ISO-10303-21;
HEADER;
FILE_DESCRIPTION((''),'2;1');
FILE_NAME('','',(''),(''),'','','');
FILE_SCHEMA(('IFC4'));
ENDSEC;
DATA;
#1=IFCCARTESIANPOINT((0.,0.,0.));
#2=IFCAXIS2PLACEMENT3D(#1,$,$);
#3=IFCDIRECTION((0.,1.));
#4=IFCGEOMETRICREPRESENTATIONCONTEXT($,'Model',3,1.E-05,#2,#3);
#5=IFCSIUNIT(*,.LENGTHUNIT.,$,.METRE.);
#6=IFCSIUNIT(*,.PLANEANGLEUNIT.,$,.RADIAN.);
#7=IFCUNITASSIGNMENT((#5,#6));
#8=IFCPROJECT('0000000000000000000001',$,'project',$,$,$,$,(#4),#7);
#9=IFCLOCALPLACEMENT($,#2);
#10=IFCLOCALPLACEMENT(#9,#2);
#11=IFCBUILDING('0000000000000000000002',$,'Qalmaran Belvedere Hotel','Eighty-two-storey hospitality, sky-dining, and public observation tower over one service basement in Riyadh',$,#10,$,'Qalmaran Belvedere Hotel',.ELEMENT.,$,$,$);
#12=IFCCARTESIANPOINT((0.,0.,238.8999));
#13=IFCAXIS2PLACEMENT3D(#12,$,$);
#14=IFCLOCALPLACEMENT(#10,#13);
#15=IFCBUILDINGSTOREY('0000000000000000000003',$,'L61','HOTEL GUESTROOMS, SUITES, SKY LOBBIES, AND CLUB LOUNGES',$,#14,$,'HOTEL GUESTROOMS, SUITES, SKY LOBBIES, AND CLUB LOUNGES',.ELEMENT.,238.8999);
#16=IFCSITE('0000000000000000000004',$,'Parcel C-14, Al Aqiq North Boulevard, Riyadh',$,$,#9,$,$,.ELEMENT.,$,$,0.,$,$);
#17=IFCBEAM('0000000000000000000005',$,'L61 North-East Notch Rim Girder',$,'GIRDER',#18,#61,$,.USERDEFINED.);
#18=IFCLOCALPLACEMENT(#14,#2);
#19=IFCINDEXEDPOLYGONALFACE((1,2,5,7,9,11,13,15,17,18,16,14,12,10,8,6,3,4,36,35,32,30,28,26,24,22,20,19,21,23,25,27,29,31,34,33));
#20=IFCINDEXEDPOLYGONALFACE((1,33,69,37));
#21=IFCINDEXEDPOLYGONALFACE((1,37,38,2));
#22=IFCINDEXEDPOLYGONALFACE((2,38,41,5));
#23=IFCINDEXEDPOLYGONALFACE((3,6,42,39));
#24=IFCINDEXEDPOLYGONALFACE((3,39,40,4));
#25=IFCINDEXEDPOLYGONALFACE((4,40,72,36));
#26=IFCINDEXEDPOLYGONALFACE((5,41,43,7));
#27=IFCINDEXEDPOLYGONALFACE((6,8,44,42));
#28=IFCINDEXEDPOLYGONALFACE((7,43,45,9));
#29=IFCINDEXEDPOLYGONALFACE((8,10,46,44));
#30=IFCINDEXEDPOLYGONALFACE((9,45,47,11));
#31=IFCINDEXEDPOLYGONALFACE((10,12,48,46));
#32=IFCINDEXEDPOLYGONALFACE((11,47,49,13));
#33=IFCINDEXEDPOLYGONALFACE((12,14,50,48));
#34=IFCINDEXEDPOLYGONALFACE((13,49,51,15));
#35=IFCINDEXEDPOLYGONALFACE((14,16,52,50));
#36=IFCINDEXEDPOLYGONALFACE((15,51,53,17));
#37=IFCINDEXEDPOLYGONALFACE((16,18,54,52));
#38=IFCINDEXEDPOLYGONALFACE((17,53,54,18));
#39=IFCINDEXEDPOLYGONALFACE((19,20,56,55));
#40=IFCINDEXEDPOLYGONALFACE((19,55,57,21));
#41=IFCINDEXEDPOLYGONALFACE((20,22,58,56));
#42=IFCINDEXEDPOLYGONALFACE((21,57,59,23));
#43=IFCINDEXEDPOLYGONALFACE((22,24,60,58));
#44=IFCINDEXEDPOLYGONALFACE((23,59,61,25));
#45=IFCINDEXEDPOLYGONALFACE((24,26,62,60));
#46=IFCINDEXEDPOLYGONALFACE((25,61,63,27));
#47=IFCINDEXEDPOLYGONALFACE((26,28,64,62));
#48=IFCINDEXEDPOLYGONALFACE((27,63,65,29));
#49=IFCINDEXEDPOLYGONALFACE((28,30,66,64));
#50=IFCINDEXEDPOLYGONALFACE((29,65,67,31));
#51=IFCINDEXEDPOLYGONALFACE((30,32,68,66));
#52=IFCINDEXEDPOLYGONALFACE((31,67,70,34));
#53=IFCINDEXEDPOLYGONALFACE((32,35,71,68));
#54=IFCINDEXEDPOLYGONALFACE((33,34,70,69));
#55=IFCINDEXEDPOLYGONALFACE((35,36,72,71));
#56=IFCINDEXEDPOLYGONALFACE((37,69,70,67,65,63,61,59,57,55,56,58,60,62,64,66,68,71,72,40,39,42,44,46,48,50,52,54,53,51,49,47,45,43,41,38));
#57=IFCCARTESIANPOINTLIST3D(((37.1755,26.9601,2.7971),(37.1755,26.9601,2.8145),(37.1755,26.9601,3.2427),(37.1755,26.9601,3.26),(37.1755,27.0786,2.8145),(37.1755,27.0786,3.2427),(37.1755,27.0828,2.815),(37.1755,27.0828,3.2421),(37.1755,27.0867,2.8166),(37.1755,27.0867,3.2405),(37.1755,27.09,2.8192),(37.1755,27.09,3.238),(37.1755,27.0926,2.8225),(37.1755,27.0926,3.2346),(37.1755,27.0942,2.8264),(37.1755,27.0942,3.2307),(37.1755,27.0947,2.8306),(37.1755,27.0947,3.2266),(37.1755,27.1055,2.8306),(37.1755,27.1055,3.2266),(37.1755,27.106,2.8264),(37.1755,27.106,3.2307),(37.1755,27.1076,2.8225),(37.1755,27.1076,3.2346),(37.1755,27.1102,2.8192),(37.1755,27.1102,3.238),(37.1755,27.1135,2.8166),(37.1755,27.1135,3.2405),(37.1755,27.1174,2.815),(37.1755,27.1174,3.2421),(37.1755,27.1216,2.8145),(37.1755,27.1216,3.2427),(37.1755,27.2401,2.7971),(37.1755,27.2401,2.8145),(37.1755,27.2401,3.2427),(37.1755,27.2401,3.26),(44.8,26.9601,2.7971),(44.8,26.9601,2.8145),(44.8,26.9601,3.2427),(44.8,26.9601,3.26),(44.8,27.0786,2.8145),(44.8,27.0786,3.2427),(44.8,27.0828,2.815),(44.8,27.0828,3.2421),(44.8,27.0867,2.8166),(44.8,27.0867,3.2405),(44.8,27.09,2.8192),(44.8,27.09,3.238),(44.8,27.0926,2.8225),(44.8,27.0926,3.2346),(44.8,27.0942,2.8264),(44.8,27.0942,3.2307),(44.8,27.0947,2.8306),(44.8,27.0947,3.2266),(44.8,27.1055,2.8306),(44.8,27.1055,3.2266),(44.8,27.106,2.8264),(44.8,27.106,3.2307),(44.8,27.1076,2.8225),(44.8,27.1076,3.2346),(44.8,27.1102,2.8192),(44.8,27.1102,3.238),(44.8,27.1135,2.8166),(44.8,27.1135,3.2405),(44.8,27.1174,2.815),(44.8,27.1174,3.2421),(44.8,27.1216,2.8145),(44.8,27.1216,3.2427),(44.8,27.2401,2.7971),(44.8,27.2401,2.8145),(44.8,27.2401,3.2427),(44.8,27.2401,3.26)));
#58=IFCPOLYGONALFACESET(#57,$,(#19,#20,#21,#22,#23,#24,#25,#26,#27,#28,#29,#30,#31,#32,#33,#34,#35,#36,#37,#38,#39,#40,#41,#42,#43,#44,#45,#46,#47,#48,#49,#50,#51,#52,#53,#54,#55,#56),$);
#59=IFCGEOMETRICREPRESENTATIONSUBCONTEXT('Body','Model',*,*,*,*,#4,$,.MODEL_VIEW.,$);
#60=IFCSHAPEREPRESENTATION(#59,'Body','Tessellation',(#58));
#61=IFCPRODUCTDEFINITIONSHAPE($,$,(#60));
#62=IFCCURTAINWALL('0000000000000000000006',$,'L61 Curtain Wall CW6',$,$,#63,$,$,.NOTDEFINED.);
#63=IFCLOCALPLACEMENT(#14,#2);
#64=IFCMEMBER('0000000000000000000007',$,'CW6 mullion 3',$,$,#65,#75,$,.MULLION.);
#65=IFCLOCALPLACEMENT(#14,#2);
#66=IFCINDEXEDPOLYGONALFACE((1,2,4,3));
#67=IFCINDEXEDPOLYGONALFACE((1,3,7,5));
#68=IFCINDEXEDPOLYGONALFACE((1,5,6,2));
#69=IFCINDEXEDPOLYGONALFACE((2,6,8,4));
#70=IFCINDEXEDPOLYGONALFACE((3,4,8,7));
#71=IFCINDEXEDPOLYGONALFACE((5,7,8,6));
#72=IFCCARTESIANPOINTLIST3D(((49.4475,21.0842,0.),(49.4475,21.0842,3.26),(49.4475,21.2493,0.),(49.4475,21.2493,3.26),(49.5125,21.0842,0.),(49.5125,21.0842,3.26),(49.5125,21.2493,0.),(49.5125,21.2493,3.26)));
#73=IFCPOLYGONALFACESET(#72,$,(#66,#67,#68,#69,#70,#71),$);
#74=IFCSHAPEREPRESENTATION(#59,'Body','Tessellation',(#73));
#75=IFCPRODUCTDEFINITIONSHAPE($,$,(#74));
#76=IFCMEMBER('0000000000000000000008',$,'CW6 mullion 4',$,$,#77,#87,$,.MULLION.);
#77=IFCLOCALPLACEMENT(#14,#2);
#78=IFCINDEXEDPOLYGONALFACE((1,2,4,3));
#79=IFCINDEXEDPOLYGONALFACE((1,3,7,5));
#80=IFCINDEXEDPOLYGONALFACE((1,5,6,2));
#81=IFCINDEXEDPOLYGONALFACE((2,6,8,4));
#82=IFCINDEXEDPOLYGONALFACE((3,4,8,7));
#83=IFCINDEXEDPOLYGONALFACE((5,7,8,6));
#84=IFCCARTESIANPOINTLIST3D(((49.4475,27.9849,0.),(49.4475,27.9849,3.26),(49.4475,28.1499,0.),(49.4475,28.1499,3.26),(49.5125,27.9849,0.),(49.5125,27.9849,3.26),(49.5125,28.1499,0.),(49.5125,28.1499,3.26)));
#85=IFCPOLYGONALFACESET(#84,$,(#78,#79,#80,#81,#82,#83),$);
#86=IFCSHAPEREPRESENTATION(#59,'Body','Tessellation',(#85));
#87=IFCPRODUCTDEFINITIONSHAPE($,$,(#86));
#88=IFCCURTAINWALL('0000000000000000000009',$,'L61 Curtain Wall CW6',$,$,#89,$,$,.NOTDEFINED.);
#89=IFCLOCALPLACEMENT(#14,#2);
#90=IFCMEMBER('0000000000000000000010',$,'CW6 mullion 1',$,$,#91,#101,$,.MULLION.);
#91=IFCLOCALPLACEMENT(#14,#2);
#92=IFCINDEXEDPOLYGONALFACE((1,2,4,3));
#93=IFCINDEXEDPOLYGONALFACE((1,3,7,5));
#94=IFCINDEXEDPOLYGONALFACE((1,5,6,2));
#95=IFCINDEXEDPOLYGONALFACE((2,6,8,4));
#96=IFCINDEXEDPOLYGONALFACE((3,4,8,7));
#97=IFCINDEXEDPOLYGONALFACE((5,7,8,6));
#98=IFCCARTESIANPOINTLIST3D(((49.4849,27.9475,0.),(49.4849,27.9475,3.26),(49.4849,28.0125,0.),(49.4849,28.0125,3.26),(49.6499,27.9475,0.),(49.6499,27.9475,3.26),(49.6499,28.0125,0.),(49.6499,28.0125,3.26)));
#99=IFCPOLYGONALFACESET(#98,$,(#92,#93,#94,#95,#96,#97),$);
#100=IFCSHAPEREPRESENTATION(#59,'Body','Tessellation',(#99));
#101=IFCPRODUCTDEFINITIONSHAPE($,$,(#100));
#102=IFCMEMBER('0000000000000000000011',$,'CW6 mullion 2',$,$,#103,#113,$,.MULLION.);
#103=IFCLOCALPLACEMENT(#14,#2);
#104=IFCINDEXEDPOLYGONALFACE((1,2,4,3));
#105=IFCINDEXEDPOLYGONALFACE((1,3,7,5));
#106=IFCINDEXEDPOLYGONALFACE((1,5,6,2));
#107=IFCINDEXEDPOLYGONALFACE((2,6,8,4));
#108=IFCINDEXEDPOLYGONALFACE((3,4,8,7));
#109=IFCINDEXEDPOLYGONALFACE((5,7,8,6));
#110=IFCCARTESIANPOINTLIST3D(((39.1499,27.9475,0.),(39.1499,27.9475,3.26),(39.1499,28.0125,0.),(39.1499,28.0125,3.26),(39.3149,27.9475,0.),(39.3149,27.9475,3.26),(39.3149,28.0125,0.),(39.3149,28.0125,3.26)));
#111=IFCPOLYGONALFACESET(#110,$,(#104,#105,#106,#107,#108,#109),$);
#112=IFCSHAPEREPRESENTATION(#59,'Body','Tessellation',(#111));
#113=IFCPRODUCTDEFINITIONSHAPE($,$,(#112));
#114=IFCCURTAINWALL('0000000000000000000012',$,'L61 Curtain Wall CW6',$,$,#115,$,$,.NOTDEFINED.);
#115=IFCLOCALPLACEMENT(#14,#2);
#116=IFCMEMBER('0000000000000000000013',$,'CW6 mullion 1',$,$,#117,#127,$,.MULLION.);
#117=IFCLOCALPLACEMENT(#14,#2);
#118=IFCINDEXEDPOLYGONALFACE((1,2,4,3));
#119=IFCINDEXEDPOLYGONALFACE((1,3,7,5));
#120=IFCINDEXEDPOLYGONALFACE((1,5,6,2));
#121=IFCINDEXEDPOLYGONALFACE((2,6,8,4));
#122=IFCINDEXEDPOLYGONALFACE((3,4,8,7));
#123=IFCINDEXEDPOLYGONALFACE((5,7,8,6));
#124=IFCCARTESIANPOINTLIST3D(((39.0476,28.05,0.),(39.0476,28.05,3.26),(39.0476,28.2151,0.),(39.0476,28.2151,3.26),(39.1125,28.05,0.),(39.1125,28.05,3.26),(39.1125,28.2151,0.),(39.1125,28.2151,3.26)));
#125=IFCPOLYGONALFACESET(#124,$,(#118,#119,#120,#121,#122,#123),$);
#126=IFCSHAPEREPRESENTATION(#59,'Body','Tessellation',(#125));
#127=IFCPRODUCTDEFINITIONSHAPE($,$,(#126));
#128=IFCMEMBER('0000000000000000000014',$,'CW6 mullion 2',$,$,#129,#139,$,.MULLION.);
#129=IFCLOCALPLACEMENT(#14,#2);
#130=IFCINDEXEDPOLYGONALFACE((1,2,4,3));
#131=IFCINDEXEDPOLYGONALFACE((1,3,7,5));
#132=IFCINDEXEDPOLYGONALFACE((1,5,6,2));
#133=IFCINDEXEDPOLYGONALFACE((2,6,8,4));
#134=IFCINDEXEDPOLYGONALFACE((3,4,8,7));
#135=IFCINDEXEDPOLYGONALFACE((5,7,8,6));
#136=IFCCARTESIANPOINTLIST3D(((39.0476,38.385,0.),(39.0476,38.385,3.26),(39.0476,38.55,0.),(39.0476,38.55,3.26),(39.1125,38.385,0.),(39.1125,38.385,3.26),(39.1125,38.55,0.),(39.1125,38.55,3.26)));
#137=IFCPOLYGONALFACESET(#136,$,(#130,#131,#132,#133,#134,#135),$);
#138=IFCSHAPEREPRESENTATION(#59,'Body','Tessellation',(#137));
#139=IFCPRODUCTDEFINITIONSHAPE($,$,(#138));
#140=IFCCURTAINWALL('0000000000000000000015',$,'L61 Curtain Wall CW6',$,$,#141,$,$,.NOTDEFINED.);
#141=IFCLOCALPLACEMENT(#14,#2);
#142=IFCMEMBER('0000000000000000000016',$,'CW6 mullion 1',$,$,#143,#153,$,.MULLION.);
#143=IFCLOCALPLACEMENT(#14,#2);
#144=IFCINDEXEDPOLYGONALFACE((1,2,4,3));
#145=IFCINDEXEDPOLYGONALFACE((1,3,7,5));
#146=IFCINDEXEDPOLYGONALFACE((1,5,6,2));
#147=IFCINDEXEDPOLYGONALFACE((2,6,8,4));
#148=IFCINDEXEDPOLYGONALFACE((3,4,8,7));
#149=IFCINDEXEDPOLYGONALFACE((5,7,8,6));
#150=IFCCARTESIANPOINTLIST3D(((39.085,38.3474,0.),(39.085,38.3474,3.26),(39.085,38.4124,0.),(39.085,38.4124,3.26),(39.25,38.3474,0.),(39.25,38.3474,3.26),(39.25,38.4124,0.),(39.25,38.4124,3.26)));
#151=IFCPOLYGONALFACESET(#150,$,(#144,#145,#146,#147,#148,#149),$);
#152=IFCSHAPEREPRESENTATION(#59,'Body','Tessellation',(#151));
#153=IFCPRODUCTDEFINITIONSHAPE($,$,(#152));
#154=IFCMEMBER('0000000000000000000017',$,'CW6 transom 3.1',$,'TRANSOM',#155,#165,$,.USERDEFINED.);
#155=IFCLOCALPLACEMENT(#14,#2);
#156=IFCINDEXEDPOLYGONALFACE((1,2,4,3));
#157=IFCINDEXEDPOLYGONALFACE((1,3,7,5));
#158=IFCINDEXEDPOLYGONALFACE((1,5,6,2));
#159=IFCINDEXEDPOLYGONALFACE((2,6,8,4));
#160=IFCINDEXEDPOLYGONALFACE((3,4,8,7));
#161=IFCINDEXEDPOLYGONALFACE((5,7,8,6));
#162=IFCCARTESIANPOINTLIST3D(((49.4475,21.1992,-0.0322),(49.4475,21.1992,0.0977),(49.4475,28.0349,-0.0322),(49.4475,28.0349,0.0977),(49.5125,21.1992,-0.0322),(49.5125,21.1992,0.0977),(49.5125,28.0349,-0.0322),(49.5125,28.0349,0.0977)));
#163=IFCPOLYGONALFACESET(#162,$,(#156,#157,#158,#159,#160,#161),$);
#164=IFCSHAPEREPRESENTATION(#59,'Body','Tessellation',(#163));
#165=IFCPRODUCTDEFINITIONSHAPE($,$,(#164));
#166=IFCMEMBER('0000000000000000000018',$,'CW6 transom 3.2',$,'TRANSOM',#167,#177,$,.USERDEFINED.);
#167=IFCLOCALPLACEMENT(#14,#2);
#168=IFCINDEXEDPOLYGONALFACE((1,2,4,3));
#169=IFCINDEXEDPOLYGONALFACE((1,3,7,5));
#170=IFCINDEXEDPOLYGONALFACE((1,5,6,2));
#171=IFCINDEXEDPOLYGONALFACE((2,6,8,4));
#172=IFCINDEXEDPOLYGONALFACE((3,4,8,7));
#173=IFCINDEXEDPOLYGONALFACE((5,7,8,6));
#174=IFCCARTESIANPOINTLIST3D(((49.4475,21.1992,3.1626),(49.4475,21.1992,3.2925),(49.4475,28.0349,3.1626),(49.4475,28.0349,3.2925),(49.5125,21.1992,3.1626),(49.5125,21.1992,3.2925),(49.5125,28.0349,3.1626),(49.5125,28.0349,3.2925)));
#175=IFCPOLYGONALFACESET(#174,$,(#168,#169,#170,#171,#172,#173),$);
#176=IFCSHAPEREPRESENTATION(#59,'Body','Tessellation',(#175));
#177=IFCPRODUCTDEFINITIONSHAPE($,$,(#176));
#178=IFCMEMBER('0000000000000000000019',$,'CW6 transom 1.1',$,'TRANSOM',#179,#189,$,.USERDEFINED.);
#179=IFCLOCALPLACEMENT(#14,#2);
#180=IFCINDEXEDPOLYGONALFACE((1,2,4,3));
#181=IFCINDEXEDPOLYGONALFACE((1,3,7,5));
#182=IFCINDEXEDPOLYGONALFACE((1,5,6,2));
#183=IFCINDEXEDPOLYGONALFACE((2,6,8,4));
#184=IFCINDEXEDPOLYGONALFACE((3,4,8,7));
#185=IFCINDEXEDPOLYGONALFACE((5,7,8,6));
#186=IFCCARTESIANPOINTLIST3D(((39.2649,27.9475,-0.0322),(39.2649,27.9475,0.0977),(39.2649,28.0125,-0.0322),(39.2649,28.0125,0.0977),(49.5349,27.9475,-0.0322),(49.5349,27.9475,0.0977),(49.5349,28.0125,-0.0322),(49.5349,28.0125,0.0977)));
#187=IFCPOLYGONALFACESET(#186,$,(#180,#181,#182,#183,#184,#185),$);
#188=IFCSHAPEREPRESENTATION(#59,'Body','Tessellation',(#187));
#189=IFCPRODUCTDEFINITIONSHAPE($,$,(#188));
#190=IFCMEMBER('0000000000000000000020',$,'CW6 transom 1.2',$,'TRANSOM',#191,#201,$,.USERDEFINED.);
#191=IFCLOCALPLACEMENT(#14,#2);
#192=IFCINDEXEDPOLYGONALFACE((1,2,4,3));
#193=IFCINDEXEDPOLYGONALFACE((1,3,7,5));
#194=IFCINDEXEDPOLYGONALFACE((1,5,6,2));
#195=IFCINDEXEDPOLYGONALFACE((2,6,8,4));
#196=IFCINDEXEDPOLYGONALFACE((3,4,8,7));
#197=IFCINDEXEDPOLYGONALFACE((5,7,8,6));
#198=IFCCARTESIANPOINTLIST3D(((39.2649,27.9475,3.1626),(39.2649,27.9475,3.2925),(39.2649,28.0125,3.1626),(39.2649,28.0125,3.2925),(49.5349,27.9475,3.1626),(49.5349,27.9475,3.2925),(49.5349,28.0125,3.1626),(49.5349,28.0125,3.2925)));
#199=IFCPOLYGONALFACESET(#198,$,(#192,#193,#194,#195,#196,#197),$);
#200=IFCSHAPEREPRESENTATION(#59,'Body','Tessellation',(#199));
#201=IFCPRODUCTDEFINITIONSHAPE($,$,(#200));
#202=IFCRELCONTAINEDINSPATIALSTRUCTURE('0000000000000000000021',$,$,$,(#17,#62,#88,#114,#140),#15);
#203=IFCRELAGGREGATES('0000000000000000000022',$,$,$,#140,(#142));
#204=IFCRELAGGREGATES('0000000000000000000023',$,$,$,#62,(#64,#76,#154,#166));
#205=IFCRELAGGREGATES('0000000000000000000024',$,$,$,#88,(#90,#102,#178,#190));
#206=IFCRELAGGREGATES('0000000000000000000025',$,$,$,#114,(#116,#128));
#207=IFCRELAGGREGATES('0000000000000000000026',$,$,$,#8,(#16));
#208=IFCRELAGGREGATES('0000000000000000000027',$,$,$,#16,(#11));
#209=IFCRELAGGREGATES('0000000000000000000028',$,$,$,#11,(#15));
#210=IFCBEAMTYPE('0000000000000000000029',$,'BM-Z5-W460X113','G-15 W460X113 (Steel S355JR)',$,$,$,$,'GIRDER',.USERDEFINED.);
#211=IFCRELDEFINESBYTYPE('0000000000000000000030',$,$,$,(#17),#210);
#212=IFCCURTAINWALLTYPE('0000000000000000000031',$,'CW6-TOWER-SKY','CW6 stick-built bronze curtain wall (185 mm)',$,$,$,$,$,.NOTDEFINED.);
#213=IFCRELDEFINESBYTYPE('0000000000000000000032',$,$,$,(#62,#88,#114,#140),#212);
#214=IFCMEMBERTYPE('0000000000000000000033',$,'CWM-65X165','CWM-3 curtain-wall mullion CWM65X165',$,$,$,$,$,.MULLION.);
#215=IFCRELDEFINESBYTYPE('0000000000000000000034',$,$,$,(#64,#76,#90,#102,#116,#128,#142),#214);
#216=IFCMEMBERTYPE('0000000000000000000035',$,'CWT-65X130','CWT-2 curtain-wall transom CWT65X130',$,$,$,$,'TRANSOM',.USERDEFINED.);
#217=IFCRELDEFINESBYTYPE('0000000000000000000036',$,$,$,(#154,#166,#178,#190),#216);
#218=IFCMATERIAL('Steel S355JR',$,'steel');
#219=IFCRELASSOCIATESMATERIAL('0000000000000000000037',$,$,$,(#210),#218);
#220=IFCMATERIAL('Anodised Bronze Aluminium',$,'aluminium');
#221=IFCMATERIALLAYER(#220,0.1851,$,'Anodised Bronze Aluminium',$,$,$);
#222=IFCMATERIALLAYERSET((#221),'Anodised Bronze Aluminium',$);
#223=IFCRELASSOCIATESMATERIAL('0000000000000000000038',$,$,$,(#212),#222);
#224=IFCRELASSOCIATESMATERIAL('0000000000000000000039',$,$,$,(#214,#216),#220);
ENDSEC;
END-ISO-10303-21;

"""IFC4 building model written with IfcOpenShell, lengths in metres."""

from ifc_helpers import new_model, si_unit, direction, frame, origin, origin_2d, place, context, subcontext, project, spatial, rectangle, i_section, extrude, material, layer, layer_set, material_profile, profile_set, type_object, element, aggregate, save


model = new_model("IFC4")

# Units and contexts
model_context = context("Model", 3, precision=1e-05, world=origin(), true_north=direction((0.0, 1.0)))
body_context = subcontext(model_context, "Body", "Model", "MODEL_VIEW")
ifc_project = project(units=[si_unit("LENGTHUNIT", "METRE"), si_unit("PLANEANGLEUNIT", "RADIAN")], contexts=[model_context])

# Site, building, storey
site_placement = place(None, origin())
site = spatial("IfcSite", under=ifc_project, at=site_placement, Name="Parcel C-14, Al Aqiq North Boulevard, Riyadh", CompositionType="ELEMENT", RefElevation=0.0)
building_placement = place(site_placement, origin())
building = spatial("IfcBuilding", under=site, at=building_placement, Name="Qalmaran Belvedere Hotel", Description="Eighty-two-storey hospitality, sky-dining, and public observation tower over one service basement in Riyadh", LongName="Qalmaran Belvedere Hotel", CompositionType="ELEMENT")
storey_placement = place(building_placement, frame((0.0, 0.0, 238.8999)))
storey = spatial("IfcBuildingStorey", under=building, at=storey_placement, Name="L61", Description="HOTEL GUESTROOMS, SUITES, SKY LOBBIES, AND CLUB LOUNGES", LongName="HOTEL GUESTROOMS, SUITES, SKY LOBBIES, AND CLUB LOUNGES", CompositionType="ELEMENT", Elevation=238.8999)

# Beam
ifc_material_1 = material(Name="Steel S355JR", Category="steel")
ifc_material_profile_1 = material_profile(ifc_material_1, i_section(OverallWidth=0.28, OverallDepth=0.4629, WebThickness=0.0107, FlangeThickness=0.0173, FilletRadius=0.0161, at=origin_2d()), Name="W460X113")
ifc_profile_set_1 = profile_set([ifc_material_profile_1], Name="Steel S355JR")
beam_type_1 = type_object("IfcBeamType", Name="BM-Z5-W460X113", Description="G-15 W460X113 (Steel S355JR)", ElementType="GIRDER", PredefinedType="USERDEFINED", material=ifc_profile_set_1)
beam_1_placement = place(storey_placement, frame((37.1755, 27.1001, 3.0286), z_axis=(1.0, 0.0, 0.0), x_axis=(0.0, 1.0, 0.0)))
element("IfcBeam", 1, at=beam_1_placement, inside=storey, type_object=beam_type_1, Name="L61 North-East Notch Rim Girder", ObjectType="GIRDER", PredefinedType="USERDEFINED", context=body_context, shape_type="SweptSolid", body=[
    extrude(i_section(OverallWidth=0.28, OverallDepth=0.4629, WebThickness=0.0107, FlangeThickness=0.0173, FilletRadius=0.0161, at=origin_2d()), origin(), (0.0, 0.0, 1.0), 7.6245),
])

# Curtain walls, members
ifc_material_2 = material(Name="Anodised Bronze Aluminium", Category="aluminium")
ifc_layer_1 = layer(ifc_material_2, 0.1851, Name="Anodised Bronze Aluminium")
ifc_layer_set_1 = layer_set([ifc_layer_1], Name="Anodised Bronze Aluminium")
curtain_wall_type = type_object("IfcCurtainWallType", Name="CW6-TOWER-SKY", Description="CW6 stick-built bronze curtain wall (185 mm)", PredefinedType="NOTDEFINED", material=ifc_layer_set_1)
curtain_wall_1_placement = place(storey_placement, origin())
curtain_wall_1 = element("IfcCurtainWall", 2, at=curtain_wall_1_placement, inside=storey, type_object=curtain_wall_type, Name="L61 Curtain Wall CW6", PredefinedType="NOTDEFINED")
ifc_material_profile_2 = material_profile(ifc_material_2, rectangle(XDim=0.0649, YDim=0.165, at=origin_2d()), Name="CWM65X165")
ifc_profile_set_2 = profile_set([ifc_material_profile_2], Name="Anodised Bronze Aluminium")
member_type_1 = type_object("IfcMemberType", Name="CWM-65X165", Description="CWM-3 curtain-wall mullion CWM65X165", PredefinedType="MULLION", material=ifc_profile_set_2)
member_1_placement = place(storey_placement, frame((49.48, 21.1667, 0.0), z_axis=(0.0, 0.0, 1.0), x_axis=(-1.0, 0.0, 0.0)))
member_1 = element("IfcMember", 3, at=member_1_placement, type_object=member_type_1, Name="CW6 mullion 3", PredefinedType="MULLION", context=body_context, shape_type="SweptSolid", body=[
    extrude(rectangle(XDim=0.0649, YDim=0.165, at=origin_2d()), origin(), (0.0, 0.0, 1.0), 3.26),
])
member_2_placement = place(storey_placement, frame((49.48, 28.0674, 0.0), z_axis=(0.0, 0.0, 1.0), x_axis=(-1.0, 0.0, 0.0)))
member_2 = element("IfcMember", 4, at=member_2_placement, type_object=member_type_1, Name="CW6 mullion 4", PredefinedType="MULLION", context=body_context, shape_type="SweptSolid", body=[
    extrude(rectangle(XDim=0.0649, YDim=0.165, at=origin_2d()), origin(), (0.0, 0.0, 1.0), 3.26),
])
curtain_wall_2_placement = place(storey_placement, origin())
curtain_wall_2 = element("IfcCurtainWall", 5, at=curtain_wall_2_placement, inside=storey, type_object=curtain_wall_type, Name="L61 Curtain Wall CW6", PredefinedType="NOTDEFINED")
member_3_placement = place(storey_placement, frame((49.5674, 27.98, 0.0), z_axis=(0.0, 0.0, 1.0), x_axis=(0.0, -1.0, 0.0)))
member_3 = element("IfcMember", 6, at=member_3_placement, type_object=member_type_1, Name="CW6 mullion 1", PredefinedType="MULLION", context=body_context, shape_type="SweptSolid", body=[
    extrude(rectangle(XDim=0.0649, YDim=0.165, at=origin_2d()), origin(), (0.0, 0.0, 1.0), 3.26),
])
member_4_placement = place(storey_placement, frame((39.2324, 27.98, 0.0), z_axis=(0.0, 0.0, 1.0), x_axis=(0.0, -1.0, 0.0)))
member_4 = element("IfcMember", 7, at=member_4_placement, type_object=member_type_1, Name="CW6 mullion 2", PredefinedType="MULLION", context=body_context, shape_type="SweptSolid", body=[
    extrude(rectangle(XDim=0.0649, YDim=0.165, at=origin_2d()), origin(), (0.0, 0.0, 1.0), 3.26),
])
curtain_wall_3_placement = place(storey_placement, origin())
curtain_wall_3 = element("IfcCurtainWall", 8, at=curtain_wall_3_placement, inside=storey, type_object=curtain_wall_type, Name="L61 Curtain Wall CW6", PredefinedType="NOTDEFINED")
member_5_placement = place(storey_placement, frame((39.0801, 28.1326, 0.0), z_axis=(0.0, 0.0, 1.0), x_axis=(-1.0, 0.0, 0.0)))
member_5 = element("IfcMember", 9, at=member_5_placement, type_object=member_type_1, Name="CW6 mullion 1", PredefinedType="MULLION", context=body_context, shape_type="SweptSolid", body=[
    extrude(rectangle(XDim=0.0649, YDim=0.165, at=origin_2d()), origin(), (0.0, 0.0, 1.0), 3.26),
])
member_6_placement = place(storey_placement, frame((39.0801, 38.4675, 0.0), z_axis=(0.0, 0.0, 1.0), x_axis=(-1.0, 0.0, 0.0)))
member_6 = element("IfcMember", 10, at=member_6_placement, type_object=member_type_1, Name="CW6 mullion 2", PredefinedType="MULLION", context=body_context, shape_type="SweptSolid", body=[
    extrude(rectangle(XDim=0.0649, YDim=0.165, at=origin_2d()), origin(), (0.0, 0.0, 1.0), 3.26),
])

# Curtain wall, member
curtain_wall_4_placement = place(storey_placement, origin())
curtain_wall_4 = element("IfcCurtainWall", 11, at=curtain_wall_4_placement, inside=storey, type_object=curtain_wall_type, Name="L61 Curtain Wall CW6", PredefinedType="NOTDEFINED")
member_7_placement = place(storey_placement, frame((39.1675, 38.3799, 0.0), z_axis=(0.0, 0.0, 1.0), x_axis=(0.0, -1.0, 0.0)))
member_7 = element("IfcMember", 12, at=member_7_placement, type_object=member_type_1, Name="CW6 mullion 1", PredefinedType="MULLION", context=body_context, shape_type="SweptSolid", body=[
    extrude(rectangle(XDim=0.0649, YDim=0.165, at=origin_2d()), origin(), (0.0, 0.0, 1.0), 3.26),
])

# Members
ifc_material_profile_3 = material_profile(ifc_material_2, rectangle(XDim=0.0649, YDim=0.1299, at=origin_2d()), Name="CWT65X130")
ifc_profile_set_3 = profile_set([ifc_material_profile_3], Name="Anodised Bronze Aluminium")
member_type_2 = type_object("IfcMemberType", Name="CWT-65X130", Description="CWT-2 curtain-wall transom CWT65X130", ElementType="TRANSOM", PredefinedType="USERDEFINED", material=ifc_profile_set_3)
member_8_placement = place(storey_placement, frame((49.48, 21.1992, 0.0327), z_axis=(0.0, 1.0, 0.0), x_axis=(-1.0, 0.0, 0.0)))
member_8 = element("IfcMember", 13, at=member_8_placement, type_object=member_type_2, Name="CW6 transom 3.1", ObjectType="TRANSOM", PredefinedType="USERDEFINED", context=body_context, shape_type="SweptSolid", body=[
    extrude(rectangle(XDim=0.0649, YDim=0.1299, at=origin_2d()), origin(), (0.0, 0.0, 1.0), 6.8357),
])
member_9_placement = place(storey_placement, frame((49.48, 21.1992, 3.2275), z_axis=(0.0, 1.0, 0.0), x_axis=(-1.0, 0.0, 0.0)))
member_9 = element("IfcMember", 14, at=member_9_placement, type_object=member_type_2, Name="CW6 transom 3.2", ObjectType="TRANSOM", PredefinedType="USERDEFINED", context=body_context, shape_type="SweptSolid", body=[
    extrude(rectangle(XDim=0.0649, YDim=0.1299, at=origin_2d()), origin(), (0.0, 0.0, 1.0), 6.8357),
])
member_10_placement = place(storey_placement, frame((49.5349, 27.98, 0.0327), z_axis=(-1.0, 0.0, 0.0), x_axis=(0.0, -1.0, 0.0)))
member_10 = element("IfcMember", 15, at=member_10_placement, type_object=member_type_2, Name="CW6 transom 1.1", ObjectType="TRANSOM", PredefinedType="USERDEFINED", context=body_context, shape_type="SweptSolid", body=[
    extrude(rectangle(XDim=0.0649, YDim=0.1299, at=origin_2d()), origin(), (0.0, 0.0, 1.0), 10.27),
])
member_11_placement = place(storey_placement, frame((49.5349, 27.98, 3.2275), z_axis=(-1.0, 0.0, 0.0), x_axis=(0.0, -1.0, 0.0)))
member_11 = element("IfcMember", 16, at=member_11_placement, type_object=member_type_2, Name="CW6 transom 1.2", ObjectType="TRANSOM", PredefinedType="USERDEFINED", context=body_context, shape_type="SweptSolid", body=[
    extrude(rectangle(XDim=0.0649, YDim=0.1299, at=origin_2d()), origin(), (0.0, 0.0, 1.0), 10.27),
])
aggregate(curtain_wall_4, [member_7])

aggregate(curtain_wall_1, [member_1, member_2, member_8, member_9])
aggregate(curtain_wall_2, [member_3, member_4, member_10, member_11])
aggregate(curtain_wall_3, [member_5, member_6])

save(model, "model.ifc")
